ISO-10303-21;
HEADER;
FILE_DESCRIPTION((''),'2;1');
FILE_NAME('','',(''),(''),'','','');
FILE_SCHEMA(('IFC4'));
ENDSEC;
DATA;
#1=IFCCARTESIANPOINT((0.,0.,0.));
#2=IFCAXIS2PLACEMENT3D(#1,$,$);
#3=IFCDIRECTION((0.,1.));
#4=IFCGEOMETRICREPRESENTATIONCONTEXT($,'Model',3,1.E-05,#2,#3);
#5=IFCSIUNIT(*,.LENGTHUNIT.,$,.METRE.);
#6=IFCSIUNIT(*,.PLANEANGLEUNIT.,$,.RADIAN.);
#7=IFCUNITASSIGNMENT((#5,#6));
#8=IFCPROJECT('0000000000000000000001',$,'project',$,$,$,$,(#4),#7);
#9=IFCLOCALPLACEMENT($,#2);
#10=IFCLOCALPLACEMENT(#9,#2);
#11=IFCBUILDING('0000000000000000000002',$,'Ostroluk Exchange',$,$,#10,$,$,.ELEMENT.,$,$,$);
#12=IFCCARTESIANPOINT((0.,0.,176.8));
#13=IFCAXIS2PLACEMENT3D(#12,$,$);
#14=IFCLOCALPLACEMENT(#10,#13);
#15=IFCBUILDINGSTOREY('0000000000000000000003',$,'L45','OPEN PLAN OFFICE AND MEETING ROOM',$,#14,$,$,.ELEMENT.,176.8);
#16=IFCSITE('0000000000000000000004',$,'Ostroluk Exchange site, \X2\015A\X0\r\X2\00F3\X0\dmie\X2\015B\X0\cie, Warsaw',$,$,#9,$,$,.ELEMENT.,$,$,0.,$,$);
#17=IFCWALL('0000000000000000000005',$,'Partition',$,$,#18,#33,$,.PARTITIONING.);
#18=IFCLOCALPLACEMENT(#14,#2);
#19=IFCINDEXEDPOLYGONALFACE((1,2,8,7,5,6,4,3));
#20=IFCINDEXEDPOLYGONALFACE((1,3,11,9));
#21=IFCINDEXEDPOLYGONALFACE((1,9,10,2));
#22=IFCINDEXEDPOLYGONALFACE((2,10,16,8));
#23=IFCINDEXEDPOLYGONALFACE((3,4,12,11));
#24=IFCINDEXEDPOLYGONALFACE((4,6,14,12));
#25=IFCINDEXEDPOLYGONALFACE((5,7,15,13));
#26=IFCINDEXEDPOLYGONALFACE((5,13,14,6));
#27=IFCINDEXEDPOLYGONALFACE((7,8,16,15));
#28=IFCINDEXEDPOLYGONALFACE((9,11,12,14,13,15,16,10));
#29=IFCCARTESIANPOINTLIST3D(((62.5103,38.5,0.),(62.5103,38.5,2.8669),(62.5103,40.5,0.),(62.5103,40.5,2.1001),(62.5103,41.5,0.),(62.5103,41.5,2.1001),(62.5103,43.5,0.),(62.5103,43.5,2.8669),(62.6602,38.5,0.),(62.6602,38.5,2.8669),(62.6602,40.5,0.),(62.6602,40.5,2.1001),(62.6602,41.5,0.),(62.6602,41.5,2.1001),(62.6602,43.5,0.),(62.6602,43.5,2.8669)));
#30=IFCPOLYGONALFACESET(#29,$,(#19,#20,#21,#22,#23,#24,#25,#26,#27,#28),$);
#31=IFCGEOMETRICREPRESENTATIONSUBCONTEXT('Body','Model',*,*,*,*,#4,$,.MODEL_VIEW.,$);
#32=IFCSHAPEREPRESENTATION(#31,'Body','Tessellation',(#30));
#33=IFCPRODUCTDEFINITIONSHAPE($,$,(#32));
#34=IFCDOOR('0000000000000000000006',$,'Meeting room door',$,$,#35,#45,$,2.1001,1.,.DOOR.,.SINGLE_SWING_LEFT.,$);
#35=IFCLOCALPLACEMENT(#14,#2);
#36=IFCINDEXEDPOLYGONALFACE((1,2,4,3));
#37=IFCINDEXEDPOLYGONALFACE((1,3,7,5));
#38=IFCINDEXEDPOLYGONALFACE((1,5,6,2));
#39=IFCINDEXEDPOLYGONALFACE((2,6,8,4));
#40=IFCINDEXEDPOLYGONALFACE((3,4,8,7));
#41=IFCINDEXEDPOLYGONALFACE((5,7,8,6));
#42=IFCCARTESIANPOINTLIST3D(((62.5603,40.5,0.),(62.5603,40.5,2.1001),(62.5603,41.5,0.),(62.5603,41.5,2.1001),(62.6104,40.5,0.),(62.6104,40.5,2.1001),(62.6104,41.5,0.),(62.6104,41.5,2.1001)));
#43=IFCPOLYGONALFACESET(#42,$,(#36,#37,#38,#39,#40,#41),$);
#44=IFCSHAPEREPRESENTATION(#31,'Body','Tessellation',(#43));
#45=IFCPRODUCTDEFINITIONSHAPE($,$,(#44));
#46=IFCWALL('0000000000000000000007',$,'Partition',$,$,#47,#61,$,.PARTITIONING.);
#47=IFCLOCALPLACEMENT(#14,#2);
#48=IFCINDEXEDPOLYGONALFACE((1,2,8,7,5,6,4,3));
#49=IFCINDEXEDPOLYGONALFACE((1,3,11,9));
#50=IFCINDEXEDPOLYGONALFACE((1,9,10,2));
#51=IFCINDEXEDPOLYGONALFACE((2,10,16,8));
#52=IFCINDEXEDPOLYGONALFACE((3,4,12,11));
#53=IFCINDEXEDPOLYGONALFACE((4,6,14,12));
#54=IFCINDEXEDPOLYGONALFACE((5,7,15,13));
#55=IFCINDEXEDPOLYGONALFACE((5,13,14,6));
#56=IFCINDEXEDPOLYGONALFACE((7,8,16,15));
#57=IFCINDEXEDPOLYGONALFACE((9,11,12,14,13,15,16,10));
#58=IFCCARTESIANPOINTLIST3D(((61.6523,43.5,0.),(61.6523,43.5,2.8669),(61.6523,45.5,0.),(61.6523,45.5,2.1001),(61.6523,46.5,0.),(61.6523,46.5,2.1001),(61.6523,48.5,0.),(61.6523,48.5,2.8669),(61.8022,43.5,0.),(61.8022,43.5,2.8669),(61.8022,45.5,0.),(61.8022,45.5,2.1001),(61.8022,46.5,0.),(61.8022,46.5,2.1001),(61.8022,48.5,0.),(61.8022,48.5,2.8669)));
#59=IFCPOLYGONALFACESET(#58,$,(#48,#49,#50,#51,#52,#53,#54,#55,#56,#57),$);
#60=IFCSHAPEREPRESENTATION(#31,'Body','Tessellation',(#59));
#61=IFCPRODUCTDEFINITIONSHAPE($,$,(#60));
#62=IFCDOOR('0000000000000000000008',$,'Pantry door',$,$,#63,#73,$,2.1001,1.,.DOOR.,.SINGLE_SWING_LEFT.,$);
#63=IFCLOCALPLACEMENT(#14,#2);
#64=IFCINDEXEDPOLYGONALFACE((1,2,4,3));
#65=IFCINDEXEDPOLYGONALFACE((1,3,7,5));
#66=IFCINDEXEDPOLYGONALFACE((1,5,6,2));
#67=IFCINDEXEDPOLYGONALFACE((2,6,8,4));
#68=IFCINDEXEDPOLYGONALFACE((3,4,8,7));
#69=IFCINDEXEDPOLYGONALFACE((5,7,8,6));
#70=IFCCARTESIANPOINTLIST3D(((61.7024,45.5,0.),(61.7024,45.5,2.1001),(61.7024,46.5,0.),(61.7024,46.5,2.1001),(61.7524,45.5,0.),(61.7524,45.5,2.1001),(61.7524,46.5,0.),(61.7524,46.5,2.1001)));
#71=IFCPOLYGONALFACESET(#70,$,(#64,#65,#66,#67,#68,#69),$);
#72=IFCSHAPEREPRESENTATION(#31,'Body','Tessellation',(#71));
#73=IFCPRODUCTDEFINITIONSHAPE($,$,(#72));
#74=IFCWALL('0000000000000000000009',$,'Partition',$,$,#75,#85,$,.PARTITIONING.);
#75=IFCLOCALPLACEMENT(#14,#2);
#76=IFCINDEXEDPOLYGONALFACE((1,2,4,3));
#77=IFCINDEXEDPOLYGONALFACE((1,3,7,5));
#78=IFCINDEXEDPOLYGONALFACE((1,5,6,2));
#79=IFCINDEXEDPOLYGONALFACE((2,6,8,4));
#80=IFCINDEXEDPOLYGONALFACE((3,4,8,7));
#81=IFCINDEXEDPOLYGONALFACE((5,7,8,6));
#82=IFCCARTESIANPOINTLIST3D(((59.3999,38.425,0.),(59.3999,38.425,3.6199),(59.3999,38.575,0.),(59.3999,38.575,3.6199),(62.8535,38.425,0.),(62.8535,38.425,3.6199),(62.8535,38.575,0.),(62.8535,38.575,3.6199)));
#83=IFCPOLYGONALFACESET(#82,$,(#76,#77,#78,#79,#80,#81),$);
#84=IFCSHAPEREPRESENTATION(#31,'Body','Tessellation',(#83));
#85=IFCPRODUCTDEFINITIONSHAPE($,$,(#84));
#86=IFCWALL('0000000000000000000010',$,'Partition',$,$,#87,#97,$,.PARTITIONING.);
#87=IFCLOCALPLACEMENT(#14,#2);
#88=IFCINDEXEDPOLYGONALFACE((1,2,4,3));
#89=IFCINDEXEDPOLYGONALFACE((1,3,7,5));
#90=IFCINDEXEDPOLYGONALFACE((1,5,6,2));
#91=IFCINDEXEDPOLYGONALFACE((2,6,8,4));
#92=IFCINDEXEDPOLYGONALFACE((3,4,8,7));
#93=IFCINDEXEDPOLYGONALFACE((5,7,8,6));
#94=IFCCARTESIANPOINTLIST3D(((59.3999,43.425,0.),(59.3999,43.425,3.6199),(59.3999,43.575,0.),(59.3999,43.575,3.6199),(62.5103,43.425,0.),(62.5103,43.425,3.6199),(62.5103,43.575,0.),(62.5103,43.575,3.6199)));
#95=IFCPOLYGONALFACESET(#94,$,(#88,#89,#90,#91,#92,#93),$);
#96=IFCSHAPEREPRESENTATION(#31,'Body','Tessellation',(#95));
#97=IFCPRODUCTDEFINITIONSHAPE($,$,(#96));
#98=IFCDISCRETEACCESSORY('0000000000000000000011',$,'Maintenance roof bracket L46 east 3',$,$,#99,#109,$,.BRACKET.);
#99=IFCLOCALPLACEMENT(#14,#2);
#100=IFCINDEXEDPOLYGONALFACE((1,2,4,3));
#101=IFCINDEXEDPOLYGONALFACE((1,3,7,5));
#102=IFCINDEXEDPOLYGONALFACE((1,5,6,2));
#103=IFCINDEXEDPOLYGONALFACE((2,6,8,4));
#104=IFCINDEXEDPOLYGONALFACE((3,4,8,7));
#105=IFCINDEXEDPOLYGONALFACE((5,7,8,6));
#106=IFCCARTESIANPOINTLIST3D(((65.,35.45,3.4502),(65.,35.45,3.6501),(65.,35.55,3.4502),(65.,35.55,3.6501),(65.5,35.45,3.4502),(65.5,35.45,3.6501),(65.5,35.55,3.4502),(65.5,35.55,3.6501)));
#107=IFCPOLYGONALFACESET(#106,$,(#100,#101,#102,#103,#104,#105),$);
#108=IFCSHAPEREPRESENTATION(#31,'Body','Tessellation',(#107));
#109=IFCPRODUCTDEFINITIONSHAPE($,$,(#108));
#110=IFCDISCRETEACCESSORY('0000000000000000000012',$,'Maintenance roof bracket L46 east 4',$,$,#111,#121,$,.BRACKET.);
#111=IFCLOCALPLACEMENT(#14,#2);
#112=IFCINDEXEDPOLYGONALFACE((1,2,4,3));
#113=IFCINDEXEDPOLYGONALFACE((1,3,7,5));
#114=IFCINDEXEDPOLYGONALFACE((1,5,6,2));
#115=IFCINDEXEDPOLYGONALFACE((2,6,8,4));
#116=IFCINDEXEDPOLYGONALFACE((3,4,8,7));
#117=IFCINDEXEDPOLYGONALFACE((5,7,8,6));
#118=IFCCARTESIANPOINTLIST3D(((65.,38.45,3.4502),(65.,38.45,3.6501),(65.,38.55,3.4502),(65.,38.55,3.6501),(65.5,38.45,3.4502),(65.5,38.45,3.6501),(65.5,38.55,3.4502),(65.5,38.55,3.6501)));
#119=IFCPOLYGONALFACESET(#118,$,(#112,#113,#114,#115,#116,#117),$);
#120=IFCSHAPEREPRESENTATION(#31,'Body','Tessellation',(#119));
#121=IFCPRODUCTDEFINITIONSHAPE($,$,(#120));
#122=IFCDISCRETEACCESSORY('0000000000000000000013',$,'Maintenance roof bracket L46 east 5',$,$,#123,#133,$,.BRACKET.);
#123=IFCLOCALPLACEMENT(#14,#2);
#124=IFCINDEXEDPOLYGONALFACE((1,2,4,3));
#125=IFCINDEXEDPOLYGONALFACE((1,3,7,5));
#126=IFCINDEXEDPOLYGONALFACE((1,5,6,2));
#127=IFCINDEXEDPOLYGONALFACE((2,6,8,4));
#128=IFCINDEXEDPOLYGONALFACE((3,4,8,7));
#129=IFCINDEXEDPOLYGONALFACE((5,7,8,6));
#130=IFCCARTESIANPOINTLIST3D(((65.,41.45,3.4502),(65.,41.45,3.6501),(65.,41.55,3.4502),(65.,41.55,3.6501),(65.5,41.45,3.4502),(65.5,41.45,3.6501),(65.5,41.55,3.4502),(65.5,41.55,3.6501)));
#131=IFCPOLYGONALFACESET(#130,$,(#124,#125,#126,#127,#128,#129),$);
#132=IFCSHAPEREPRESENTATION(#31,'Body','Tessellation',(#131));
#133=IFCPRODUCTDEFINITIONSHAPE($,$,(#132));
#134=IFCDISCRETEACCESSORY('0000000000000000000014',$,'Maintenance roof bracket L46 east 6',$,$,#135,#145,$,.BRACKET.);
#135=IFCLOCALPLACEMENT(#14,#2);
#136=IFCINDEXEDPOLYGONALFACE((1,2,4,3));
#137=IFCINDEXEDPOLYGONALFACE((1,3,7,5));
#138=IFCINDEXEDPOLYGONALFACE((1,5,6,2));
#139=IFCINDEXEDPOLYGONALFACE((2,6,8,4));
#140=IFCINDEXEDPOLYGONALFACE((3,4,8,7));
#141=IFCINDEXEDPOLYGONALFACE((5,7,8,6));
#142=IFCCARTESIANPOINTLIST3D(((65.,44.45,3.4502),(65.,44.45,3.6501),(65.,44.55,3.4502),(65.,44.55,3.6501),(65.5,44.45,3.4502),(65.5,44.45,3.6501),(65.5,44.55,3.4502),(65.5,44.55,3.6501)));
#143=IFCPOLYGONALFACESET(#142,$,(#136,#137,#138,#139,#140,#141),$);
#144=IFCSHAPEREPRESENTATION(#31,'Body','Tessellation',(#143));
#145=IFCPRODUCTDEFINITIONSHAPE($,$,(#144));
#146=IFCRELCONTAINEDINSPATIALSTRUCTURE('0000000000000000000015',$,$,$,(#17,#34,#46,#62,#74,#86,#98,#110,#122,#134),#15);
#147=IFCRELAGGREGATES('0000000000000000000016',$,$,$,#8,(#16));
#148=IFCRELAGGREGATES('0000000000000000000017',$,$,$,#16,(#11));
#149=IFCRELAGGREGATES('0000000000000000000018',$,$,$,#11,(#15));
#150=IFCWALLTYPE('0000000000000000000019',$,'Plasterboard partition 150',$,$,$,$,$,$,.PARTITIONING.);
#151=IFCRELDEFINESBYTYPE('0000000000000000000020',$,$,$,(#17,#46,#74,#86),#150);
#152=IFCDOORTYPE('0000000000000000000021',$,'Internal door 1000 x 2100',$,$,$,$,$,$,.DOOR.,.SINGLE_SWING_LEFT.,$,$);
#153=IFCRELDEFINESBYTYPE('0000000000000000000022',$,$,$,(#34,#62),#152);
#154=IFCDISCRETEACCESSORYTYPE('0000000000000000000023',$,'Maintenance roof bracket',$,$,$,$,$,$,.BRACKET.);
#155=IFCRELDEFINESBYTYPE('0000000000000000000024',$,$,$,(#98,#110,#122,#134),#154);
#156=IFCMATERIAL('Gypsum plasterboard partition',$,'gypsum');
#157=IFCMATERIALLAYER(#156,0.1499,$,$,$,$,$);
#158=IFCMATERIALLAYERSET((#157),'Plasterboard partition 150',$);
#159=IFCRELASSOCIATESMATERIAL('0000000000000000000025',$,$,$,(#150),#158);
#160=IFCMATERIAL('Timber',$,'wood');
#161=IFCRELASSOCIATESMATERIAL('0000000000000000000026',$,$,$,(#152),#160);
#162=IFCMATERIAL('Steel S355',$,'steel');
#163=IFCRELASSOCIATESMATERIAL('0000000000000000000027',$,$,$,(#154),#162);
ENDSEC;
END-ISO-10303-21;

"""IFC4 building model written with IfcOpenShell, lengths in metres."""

from ifc_helpers import new_model, si_unit, direction, frame, frame_2d, origin, origin_2d, place, context, subcontext, project, spatial, rectangle, extrude, material, layer, layer_set, type_object, element, fill, save


model = new_model("IFC4")

# Units and contexts
model_context = context("Model", 3, precision=1e-05, world=origin(), true_north=direction((0.0, 1.0)))
body_context = subcontext(model_context, "Body", "Model", "MODEL_VIEW")
ifc_project = project(units=[si_unit("LENGTHUNIT", "METRE"), si_unit("PLANEANGLEUNIT", "RADIAN")], contexts=[model_context])

# Site, building, storey
site_placement = place(None, origin())
site = spatial("IfcSite", under=ifc_project, at=site_placement, Name="Ostroluk Exchange site, Śródmieście, Warsaw", CompositionType="ELEMENT", RefElevation=0.0)
building_placement = place(site_placement, origin())
building = spatial("IfcBuilding", under=site, at=building_placement, Name="Ostroluk Exchange", CompositionType="ELEMENT")
storey_placement = place(building_placement, frame((0.0, 0.0, 176.8)))
storey = spatial("IfcBuildingStorey", under=building, at=storey_placement, Name="L45", Description="OPEN PLAN OFFICE AND MEETING ROOM", CompositionType="ELEMENT", Elevation=176.8)

# Walls, openings, doors
ifc_material_1 = material(Name="Gypsum plasterboard partition", Category="gypsum")
ifc_layer_1 = layer(ifc_material_1, 0.1499)
ifc_layer_set_1 = layer_set([ifc_layer_1], Name="Plasterboard partition 150")
wall_type = type_object("IfcWallType", Name="Plasterboard partition 150", PredefinedType="PARTITIONING", material=ifc_layer_set_1)
ifc_material_2 = material(Name="Timber", Category="wood")
door_type = type_object("IfcDoorType", Name="Internal door 1000 x 2100", OperationType="SINGLE_SWING_LEFT", PredefinedType="DOOR", material=ifc_material_2)
wall_1_placement = place(storey_placement, frame((62.5852, 38.5, 0.0), z_axis=(0.0, 0.0, 1.0), x_axis=(0.0, 1.0, 0.0)))
wall_1 = element("IfcWall", 1, at=wall_1_placement, inside=storey, type_object=wall_type, Name="Partition", PredefinedType="PARTITIONING", context=body_context, shape_type="SweptSolid", body=[
    extrude(rectangle(XDim=5.0, YDim=0.1499, at=frame_2d((2.5, 0.0))), origin(), (0.0, 0.0, 1.0), 2.8669),
])
opening_1_placement = place(wall_1_placement, frame((2.0, 0.0, 0.0)))
opening_1 = element("IfcOpeningElement", 2, at=opening_1_placement, cuts=wall_1, PredefinedType="OPENING", context=body_context, shape_type="SweptSolid", body=[
    extrude(rectangle(XDim=1.0, YDim=2.1001, at=frame_2d((0.5, 1.05))), frame((0.0, 0.085, 0.0), z_axis=(0.0, -1.0, 0.0), x_axis=(1.0, 0.0, 0.0)), (0.0, 0.0, 1.0), 0.1699),
])
door_1_placement = place(opening_1_placement, origin())
door_1 = element("IfcDoor", 3, at=door_1_placement, inside=storey, type_object=door_type, Name="Meeting room door", OperationType="SINGLE_SWING_LEFT", OverallHeight=2.1001, OverallWidth=1.0, PredefinedType="DOOR", context=body_context, shape_type="SweptSolid", body=[
    extrude(rectangle(XDim=1.0, YDim=2.1001, at=frame_2d((0.5, 1.05))), frame((0.0, 0.0249, 0.0), z_axis=(0.0, -1.0, 0.0), x_axis=(1.0, 0.0, 0.0)), (0.0, 0.0, 1.0), 0.05),
])
fill(opening_1, door_1)
wall_2_placement = place(storey_placement, frame((61.7273, 43.5, 0.0), z_axis=(0.0, 0.0, 1.0), x_axis=(0.0, 1.0, 0.0)))
wall_2 = element("IfcWall", 4, at=wall_2_placement, inside=storey, type_object=wall_type, Name="Partition", PredefinedType="PARTITIONING", context=body_context, shape_type="SweptSolid", body=[
    extrude(rectangle(XDim=5.0, YDim=0.1499, at=frame_2d((2.5, 0.0))), origin(), (0.0, 0.0, 1.0), 2.8669),
])
opening_2_placement = place(wall_2_placement, frame((2.0, 0.0, 0.0)))
opening_2 = element("IfcOpeningElement", 5, at=opening_2_placement, cuts=wall_2, PredefinedType="OPENING", context=body_context, shape_type="SweptSolid", body=[
    extrude(rectangle(XDim=1.0, YDim=2.1001, at=frame_2d((0.5, 1.05))), frame((0.0, 0.085, 0.0), z_axis=(0.0, -1.0, 0.0), x_axis=(1.0, 0.0, 0.0)), (0.0, 0.0, 1.0), 0.1699),
])
door_2_placement = place(opening_2_placement, origin())
door_2 = element("IfcDoor", 6, at=door_2_placement, inside=storey, type_object=door_type, Name="Pantry door", OperationType="SINGLE_SWING_LEFT", OverallHeight=2.1001, OverallWidth=1.0, PredefinedType="DOOR", context=body_context, shape_type="SweptSolid", body=[
    extrude(rectangle(XDim=1.0, YDim=2.1001, at=frame_2d((0.5, 1.05))), frame((0.0, 0.0249, 0.0), z_axis=(0.0, -1.0, 0.0), x_axis=(1.0, 0.0, 0.0)), (0.0, 0.0, 1.0), 0.05),
])
fill(opening_2, door_2)

# Walls
wall_3_placement = place(storey_placement, frame((59.3999, 38.5, 0.0), z_axis=(0.0, 0.0, 1.0), x_axis=(1.0, 0.0, 0.0)))
element("IfcWall", 7, at=wall_3_placement, inside=storey, type_object=wall_type, Name="Partition", PredefinedType="PARTITIONING", context=body_context, shape_type="SweptSolid", body=[
    extrude(rectangle(XDim=3.4536, YDim=0.1499, at=frame_2d((1.7268, 0.0))), origin(), (0.0, 0.0, 1.0), 3.6199),
])
wall_4_placement = place(storey_placement, frame((59.3999, 43.5, 0.0), z_axis=(0.0, 0.0, 1.0), x_axis=(1.0, 0.0, 0.0)))
element("IfcWall", 8, at=wall_4_placement, inside=storey, type_object=wall_type, Name="Partition", PredefinedType="PARTITIONING", context=body_context, shape_type="SweptSolid", body=[
    extrude(rectangle(XDim=3.1104, YDim=0.1499, at=frame_2d((1.5552, 0.0))), origin(), (0.0, 0.0, 1.0), 3.6199),
])

# Discrete accessories
ifc_material_3 = material(Name="Steel S355", Category="steel")
discrete_accessory_type = type_object("IfcDiscreteAccessoryType", Name="Maintenance roof bracket", PredefinedType="BRACKET", material=ifc_material_3)
for number, where, z_axis, x_axis, name in (
    (9, (65.25, 35.5, 3.4502), (0.0, 0.0, 1.0), (1.0, 0.0, 0.0), "Maintenance roof bracket L46 east 3"),
    (10, (65.25, 38.5, 3.4502), (0.0, 0.0, 1.0), (1.0, 0.0, 0.0), "Maintenance roof bracket L46 east 4"),
    (11, (65.25, 41.5, 3.4502), (0.0, 0.0, 1.0), (1.0, 0.0, 0.0), "Maintenance roof bracket L46 east 5"),
    (12, (65.25, 44.5, 3.4502), (0.0, 0.0, 1.0), (1.0, 0.0, 0.0), "Maintenance roof bracket L46 east 6"),
):
    element("IfcDiscreteAccessory", number, at=place(storey_placement, frame(where, z_axis=z_axis, x_axis=x_axis)), inside=storey, type_object=discrete_accessory_type, Name=name, PredefinedType="BRACKET", context=body_context, shape_type="SweptSolid", body=[
        extrude(rectangle(XDim=0.5, YDim=0.1001, at=origin_2d()), origin(), (0.0, 0.0, 1.0), 0.2),
    ])

save(model, "model.ifc")
